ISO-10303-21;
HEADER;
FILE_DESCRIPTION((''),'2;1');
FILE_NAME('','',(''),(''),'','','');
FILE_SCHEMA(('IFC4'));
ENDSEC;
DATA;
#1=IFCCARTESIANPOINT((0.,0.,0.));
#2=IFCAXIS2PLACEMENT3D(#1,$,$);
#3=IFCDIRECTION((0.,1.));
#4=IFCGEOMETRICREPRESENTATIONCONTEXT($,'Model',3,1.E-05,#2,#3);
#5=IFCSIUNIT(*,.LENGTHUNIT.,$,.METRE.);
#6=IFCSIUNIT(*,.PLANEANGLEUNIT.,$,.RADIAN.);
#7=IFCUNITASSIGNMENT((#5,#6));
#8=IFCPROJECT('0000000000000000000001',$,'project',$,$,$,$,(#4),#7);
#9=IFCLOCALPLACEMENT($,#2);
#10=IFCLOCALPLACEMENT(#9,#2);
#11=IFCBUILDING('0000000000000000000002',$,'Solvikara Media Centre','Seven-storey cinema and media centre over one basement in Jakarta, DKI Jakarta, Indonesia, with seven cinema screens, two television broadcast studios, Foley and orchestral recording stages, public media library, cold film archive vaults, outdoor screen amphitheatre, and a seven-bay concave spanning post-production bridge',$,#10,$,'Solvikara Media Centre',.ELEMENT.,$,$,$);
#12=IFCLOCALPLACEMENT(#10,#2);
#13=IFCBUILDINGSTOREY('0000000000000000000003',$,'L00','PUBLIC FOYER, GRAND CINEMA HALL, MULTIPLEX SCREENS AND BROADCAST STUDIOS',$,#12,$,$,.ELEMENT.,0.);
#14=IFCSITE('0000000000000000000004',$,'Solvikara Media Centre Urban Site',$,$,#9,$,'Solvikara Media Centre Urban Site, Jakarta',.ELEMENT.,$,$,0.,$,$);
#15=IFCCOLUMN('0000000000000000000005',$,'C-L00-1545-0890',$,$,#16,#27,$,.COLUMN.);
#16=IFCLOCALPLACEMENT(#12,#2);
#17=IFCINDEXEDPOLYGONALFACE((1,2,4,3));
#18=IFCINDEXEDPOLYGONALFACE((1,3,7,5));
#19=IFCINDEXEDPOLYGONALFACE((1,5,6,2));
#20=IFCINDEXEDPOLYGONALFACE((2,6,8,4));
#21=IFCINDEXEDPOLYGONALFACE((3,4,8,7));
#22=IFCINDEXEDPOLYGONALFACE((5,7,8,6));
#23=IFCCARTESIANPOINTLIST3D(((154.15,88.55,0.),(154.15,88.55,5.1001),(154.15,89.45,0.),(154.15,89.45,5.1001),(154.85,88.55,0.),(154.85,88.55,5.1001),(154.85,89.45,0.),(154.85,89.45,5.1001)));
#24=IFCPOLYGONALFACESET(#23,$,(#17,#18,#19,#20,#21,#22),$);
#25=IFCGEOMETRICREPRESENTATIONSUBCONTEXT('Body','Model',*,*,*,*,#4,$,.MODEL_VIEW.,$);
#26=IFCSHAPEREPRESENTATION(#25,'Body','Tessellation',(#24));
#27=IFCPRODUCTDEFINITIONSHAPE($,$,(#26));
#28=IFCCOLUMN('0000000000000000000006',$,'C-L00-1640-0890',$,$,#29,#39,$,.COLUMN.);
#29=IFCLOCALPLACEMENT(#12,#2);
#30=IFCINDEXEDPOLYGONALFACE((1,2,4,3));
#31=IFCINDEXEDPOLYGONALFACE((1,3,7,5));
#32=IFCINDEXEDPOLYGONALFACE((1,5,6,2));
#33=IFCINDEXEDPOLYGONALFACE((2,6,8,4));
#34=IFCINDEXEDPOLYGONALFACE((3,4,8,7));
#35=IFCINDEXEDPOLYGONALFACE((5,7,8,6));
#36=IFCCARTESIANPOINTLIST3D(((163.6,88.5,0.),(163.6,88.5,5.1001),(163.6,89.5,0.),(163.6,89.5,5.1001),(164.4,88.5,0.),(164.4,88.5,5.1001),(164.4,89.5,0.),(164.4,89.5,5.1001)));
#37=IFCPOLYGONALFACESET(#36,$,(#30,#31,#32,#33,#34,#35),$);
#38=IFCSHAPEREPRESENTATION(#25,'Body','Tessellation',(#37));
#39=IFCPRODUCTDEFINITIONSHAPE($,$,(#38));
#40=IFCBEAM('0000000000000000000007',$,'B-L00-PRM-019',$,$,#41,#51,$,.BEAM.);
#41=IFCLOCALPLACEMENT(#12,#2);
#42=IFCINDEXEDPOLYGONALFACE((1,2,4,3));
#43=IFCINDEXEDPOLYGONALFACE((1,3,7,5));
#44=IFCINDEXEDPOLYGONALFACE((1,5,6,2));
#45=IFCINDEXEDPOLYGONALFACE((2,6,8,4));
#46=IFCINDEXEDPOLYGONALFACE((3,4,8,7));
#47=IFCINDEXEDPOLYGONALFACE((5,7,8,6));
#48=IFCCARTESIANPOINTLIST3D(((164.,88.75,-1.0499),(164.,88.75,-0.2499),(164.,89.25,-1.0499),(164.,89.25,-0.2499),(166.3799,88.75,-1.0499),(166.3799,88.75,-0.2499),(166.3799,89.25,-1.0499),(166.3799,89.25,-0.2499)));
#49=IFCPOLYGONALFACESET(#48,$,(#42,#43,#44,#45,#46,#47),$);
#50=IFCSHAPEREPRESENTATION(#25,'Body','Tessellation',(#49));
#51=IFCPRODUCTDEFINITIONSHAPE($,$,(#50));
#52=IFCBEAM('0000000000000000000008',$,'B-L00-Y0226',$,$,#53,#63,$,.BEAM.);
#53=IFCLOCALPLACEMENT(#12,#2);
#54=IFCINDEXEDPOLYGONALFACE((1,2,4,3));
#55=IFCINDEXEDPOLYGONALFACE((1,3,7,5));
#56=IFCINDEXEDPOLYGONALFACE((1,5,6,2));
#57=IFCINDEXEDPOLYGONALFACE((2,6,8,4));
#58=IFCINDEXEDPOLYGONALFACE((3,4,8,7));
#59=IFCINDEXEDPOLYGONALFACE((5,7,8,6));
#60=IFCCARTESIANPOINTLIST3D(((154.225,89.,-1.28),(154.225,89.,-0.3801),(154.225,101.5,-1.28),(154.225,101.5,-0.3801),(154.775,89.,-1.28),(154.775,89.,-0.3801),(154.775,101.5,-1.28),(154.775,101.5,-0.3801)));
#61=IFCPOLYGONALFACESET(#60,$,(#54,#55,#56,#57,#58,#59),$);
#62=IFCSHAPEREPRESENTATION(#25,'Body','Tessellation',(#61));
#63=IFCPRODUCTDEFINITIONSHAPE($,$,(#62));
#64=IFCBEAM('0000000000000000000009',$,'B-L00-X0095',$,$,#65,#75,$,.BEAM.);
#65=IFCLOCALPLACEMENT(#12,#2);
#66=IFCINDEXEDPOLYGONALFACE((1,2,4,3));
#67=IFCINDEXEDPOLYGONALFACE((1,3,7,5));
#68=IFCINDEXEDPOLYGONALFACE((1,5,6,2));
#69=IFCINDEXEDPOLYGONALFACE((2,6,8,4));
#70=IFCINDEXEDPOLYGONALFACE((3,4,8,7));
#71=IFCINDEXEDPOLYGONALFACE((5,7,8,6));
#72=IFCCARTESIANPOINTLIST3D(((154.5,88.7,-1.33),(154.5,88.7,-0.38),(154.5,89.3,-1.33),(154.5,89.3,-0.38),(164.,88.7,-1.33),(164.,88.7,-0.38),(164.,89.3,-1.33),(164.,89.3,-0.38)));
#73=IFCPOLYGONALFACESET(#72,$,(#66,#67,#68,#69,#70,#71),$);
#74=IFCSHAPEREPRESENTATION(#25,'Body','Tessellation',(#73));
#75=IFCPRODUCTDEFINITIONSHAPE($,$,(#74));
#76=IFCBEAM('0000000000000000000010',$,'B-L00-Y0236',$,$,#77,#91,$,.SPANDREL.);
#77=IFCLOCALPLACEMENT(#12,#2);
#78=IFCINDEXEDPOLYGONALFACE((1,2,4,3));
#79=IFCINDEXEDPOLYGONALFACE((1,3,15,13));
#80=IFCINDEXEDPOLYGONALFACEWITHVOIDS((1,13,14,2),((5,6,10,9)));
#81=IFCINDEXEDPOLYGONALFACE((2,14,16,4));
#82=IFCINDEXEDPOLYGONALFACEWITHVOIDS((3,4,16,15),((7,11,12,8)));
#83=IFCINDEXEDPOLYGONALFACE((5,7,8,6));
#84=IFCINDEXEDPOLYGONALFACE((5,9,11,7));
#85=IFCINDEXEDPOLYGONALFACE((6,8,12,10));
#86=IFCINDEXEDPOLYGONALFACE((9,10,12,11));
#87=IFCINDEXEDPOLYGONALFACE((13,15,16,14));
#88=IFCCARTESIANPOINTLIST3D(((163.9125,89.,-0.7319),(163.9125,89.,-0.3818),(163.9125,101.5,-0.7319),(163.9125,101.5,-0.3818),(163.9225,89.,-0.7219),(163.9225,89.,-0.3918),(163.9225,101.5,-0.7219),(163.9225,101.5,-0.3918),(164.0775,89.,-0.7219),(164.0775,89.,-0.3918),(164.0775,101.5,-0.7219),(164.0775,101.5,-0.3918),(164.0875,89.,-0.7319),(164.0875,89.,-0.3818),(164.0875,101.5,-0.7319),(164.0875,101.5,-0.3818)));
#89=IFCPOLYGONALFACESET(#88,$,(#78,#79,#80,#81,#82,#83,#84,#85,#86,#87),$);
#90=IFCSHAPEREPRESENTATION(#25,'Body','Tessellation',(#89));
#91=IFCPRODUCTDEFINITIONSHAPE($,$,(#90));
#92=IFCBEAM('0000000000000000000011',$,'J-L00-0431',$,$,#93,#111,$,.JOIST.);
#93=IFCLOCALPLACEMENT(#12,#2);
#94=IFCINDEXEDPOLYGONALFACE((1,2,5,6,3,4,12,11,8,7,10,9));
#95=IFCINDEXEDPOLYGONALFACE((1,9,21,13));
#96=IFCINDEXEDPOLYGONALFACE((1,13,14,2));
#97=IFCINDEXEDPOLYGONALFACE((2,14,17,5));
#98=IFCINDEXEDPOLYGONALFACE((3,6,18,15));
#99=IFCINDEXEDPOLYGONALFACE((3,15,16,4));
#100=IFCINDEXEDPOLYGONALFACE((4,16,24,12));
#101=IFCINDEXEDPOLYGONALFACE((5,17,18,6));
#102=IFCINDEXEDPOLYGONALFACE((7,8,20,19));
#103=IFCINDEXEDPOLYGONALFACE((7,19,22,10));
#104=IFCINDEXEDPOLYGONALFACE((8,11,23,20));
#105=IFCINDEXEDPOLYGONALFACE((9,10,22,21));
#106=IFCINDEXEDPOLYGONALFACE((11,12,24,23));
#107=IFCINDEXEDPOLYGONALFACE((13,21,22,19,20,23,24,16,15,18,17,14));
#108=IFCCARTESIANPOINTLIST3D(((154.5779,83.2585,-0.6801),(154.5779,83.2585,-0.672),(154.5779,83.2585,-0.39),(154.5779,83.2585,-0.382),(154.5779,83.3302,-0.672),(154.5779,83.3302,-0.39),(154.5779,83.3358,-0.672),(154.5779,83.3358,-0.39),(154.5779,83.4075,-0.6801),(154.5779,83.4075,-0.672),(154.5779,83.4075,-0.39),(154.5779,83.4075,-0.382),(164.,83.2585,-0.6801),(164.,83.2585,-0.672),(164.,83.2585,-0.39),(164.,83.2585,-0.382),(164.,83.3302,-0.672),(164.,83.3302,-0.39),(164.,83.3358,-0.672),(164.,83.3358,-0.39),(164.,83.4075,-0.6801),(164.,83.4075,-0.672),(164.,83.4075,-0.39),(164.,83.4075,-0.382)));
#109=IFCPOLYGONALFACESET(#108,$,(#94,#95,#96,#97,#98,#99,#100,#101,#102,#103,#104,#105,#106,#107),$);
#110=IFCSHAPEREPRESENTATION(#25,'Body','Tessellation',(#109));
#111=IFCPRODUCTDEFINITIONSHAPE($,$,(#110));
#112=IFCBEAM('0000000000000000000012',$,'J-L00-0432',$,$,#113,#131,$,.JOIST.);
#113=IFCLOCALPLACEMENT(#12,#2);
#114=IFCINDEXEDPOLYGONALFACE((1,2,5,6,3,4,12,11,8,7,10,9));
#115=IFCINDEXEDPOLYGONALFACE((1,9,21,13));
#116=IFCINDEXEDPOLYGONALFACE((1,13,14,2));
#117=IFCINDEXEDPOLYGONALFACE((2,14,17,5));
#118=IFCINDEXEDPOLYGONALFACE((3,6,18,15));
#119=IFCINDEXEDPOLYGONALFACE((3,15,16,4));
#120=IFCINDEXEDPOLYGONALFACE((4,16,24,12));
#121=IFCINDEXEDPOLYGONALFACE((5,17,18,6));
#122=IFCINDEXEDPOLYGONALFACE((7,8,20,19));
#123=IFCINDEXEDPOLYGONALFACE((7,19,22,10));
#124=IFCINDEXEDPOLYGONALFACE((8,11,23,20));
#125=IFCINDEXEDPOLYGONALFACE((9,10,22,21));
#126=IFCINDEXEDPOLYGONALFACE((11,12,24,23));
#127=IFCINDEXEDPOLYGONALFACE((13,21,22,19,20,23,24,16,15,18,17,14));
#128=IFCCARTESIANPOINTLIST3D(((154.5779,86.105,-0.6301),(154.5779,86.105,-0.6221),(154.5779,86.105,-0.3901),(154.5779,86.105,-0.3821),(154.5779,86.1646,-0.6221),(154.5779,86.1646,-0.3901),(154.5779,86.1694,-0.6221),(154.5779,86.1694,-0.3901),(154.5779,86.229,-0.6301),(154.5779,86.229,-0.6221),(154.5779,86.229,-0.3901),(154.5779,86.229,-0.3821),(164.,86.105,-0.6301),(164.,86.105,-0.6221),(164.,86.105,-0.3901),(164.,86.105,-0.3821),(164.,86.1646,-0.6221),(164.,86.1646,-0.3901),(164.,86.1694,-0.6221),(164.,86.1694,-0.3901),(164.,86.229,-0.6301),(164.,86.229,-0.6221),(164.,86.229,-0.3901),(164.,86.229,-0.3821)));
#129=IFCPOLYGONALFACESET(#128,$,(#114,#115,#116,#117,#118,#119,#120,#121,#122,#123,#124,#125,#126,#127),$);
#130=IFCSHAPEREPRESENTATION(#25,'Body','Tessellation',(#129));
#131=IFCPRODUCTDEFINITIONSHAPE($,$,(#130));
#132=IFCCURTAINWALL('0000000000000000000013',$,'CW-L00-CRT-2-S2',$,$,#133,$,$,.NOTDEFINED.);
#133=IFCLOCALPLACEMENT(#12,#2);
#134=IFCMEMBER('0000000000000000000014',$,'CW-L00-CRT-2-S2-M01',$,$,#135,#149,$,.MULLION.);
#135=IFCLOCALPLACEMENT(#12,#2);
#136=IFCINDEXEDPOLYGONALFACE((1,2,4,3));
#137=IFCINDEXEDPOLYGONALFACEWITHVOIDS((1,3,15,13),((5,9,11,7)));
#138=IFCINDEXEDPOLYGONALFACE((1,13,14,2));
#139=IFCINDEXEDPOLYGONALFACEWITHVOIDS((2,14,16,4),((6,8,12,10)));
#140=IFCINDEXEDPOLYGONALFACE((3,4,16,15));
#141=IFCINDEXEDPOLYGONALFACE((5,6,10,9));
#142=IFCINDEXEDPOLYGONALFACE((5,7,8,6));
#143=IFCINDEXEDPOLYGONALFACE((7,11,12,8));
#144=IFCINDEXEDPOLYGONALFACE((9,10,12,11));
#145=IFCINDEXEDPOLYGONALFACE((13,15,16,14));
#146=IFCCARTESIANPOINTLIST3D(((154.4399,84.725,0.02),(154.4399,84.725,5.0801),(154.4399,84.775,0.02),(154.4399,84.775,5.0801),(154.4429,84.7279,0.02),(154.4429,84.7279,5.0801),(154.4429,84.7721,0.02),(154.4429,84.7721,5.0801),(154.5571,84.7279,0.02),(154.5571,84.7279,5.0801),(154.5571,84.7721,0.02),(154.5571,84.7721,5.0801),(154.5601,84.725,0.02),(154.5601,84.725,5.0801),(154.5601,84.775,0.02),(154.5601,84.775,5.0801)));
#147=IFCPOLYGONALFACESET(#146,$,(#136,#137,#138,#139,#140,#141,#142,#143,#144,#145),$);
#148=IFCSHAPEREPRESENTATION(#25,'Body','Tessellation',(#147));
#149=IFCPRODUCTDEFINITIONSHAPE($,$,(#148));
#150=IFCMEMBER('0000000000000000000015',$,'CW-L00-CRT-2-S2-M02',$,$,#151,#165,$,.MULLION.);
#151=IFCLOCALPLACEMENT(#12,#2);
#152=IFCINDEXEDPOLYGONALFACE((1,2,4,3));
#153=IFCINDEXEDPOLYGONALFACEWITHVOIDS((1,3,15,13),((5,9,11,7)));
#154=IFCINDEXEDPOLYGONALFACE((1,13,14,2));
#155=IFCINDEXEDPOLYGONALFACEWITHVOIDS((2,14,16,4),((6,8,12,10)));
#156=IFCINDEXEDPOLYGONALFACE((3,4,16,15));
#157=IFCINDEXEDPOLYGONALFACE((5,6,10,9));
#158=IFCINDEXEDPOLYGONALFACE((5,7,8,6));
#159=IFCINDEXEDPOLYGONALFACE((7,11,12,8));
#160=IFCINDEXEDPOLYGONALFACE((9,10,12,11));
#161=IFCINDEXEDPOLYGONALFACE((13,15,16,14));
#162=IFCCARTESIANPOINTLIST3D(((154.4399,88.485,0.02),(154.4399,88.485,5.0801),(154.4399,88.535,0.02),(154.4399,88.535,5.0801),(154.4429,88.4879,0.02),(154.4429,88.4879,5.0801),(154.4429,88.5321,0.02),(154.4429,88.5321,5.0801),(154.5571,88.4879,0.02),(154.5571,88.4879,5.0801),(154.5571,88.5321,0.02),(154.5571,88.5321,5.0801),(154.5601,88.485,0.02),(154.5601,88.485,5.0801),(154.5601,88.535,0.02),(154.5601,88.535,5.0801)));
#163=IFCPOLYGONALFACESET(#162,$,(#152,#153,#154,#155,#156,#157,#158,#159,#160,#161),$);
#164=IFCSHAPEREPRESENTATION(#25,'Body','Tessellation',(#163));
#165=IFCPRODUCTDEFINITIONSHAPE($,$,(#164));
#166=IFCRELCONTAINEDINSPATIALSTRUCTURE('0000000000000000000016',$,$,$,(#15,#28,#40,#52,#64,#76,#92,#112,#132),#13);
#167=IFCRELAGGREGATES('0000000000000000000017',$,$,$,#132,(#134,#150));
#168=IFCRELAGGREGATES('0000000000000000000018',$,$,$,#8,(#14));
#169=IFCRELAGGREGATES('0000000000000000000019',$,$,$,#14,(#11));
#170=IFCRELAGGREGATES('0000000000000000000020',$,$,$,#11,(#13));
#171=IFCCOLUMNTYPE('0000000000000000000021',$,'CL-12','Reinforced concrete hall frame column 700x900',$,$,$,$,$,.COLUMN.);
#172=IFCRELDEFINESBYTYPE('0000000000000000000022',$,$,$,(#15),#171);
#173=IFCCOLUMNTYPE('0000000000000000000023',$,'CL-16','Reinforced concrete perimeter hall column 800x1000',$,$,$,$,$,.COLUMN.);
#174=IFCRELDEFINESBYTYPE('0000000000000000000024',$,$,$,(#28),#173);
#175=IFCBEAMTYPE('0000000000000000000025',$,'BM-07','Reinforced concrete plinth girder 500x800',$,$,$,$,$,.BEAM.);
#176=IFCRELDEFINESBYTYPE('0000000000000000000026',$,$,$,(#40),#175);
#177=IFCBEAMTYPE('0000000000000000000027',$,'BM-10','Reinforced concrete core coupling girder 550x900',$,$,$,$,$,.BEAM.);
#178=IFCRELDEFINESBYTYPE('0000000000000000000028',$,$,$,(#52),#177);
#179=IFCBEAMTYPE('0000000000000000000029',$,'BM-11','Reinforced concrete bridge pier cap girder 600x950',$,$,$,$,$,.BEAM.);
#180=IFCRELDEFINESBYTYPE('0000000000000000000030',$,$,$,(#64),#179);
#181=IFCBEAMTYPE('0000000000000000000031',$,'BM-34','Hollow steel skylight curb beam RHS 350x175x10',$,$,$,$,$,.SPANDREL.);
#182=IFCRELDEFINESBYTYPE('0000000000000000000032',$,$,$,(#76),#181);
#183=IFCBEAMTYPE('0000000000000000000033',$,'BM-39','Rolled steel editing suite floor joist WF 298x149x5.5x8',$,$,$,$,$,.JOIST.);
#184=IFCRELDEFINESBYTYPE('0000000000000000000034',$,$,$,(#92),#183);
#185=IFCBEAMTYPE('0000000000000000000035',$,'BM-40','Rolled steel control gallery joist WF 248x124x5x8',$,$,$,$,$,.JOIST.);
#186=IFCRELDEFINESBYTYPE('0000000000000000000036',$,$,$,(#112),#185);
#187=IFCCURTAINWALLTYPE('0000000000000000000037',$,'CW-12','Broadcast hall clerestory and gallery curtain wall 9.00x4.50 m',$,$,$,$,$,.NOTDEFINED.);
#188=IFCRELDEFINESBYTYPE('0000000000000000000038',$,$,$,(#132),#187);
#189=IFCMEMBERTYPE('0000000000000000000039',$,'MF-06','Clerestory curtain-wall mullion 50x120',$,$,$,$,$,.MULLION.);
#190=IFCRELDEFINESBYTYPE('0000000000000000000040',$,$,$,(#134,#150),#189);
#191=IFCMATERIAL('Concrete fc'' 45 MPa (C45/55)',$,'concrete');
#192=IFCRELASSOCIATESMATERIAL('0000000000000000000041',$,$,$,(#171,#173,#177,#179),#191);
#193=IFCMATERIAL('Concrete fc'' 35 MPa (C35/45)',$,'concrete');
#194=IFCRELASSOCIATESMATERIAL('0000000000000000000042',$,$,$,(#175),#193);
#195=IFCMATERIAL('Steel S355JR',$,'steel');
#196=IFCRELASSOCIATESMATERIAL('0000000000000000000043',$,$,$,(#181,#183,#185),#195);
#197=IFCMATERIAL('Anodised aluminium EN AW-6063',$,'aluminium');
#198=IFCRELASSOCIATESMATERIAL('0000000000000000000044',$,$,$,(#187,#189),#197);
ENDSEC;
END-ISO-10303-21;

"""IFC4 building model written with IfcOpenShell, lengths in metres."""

from ifc_helpers import new_model, si_unit, direction, frame, origin, origin_2d, place, context, subcontext, project, spatial, rectangle, hollow_rectangle, i_section, extrude, material, material_profile, profile_set, type_object, element, aggregate, save


model = new_model("IFC4")

# Units and contexts
model_context = context("Model", 3, precision=1e-05, world=origin(), true_north=direction((0.0, 1.0)))
body_context = subcontext(model_context, "Body", "Model", "MODEL_VIEW")
ifc_project = project(units=[si_unit("LENGTHUNIT", "METRE"), si_unit("PLANEANGLEUNIT", "RADIAN")], contexts=[model_context])

# Site, building, storey
site_placement = place(None, origin())
site = spatial("IfcSite", under=ifc_project, at=site_placement, Name="Solvikara Media Centre Urban Site", LongName="Solvikara Media Centre Urban Site, Jakarta", CompositionType="ELEMENT", RefElevation=0.0)
building_placement = place(site_placement, origin())
building = spatial("IfcBuilding", under=site, at=building_placement, Name="Solvikara Media Centre", Description="Seven-storey cinema and media centre over one basement in Jakarta, DKI Jakarta, Indonesia, with seven cinema screens, two television broadcast studios, Foley and orchestral recording stages, public media library, cold film archive vaults, outdoor screen amphitheatre, and a seven-bay concave spanning post-production bridge", LongName="Solvikara Media Centre", CompositionType="ELEMENT")
storey_placement = place(building_placement, origin())
storey = spatial("IfcBuildingStorey", under=building, at=storey_placement, Name="L00", Description="PUBLIC FOYER, GRAND CINEMA HALL, MULTIPLEX SCREENS AND BROADCAST STUDIOS", CompositionType="ELEMENT", Elevation=0.0)

# Columns
ifc_material_1 = material(Name="Concrete fc' 45 MPa (C45/55)", Category="concrete")
ifc_material_profile_1 = material_profile(ifc_material_1, rectangle(XDim=0.7, YDim=0.8999, at=origin_2d()), Name="RC 700x900")
ifc_profile_set_1 = profile_set([ifc_material_profile_1], Name="Concrete fc' 45 MPa (C45/55)")
column_type_1 = type_object("IfcColumnType", Name="CL-12", Description="Reinforced concrete hall frame column 700x900", PredefinedType="COLUMN", material=ifc_profile_set_1)
column_1_placement = place(storey_placement, frame((154.5, 89.0, 0.0), z_axis=(0.0, 0.0, 1.0), x_axis=(1.0, 0.0, 0.0)))
element("IfcColumn", 1, at=column_1_placement, inside=storey, type_object=column_type_1, Name="C-L00-1545-0890", PredefinedType="COLUMN", context=body_context, shape_type="SweptSolid", body=[
    extrude(rectangle(XDim=0.7, YDim=0.8999, at=origin_2d()), origin(), (0.0, 0.0, 1.0), 5.1001),
])
ifc_material_profile_2 = material_profile(ifc_material_1, rectangle(XDim=0.8, YDim=1.0, at=origin_2d()), Name="RC 800x1000")
ifc_profile_set_2 = profile_set([ifc_material_profile_2], Name="Concrete fc' 45 MPa (C45/55)")
column_type_2 = type_object("IfcColumnType", Name="CL-16", Description="Reinforced concrete perimeter hall column 800x1000", PredefinedType="COLUMN", material=ifc_profile_set_2)
column_2_placement = place(storey_placement, frame((164.0, 89.0, 0.0), z_axis=(0.0, 0.0, 1.0), x_axis=(1.0, 0.0, 0.0)))
element("IfcColumn", 2, at=column_2_placement, inside=storey, type_object=column_type_2, Name="C-L00-1640-0890", PredefinedType="COLUMN", context=body_context, shape_type="SweptSolid", body=[
    extrude(rectangle(XDim=0.8, YDim=1.0, at=origin_2d()), origin(), (0.0, 0.0, 1.0), 5.1001),
])

# Beams
ifc_material_2 = material(Name="Concrete fc' 35 MPa (C35/45)", Category="concrete")
ifc_material_profile_3 = material_profile(ifc_material_2, rectangle(XDim=0.5, YDim=0.8, at=origin_2d()), Name="RC 500x800")
ifc_profile_set_3 = profile_set([ifc_material_profile_3], Name="Concrete fc' 35 MPa (C35/45)")
beam_type_1 = type_object("IfcBeamType", Name="BM-07", Description="Reinforced concrete plinth girder 500x800", PredefinedType="BEAM", material=ifc_profile_set_3)
beam_1_placement = place(storey_placement, frame((164.0, 89.0, -0.6499), z_axis=(1.0, 0.0, 0.0), x_axis=(0.0, 1.0, 0.0)))
element("IfcBeam", 3, at=beam_1_placement, inside=storey, type_object=beam_type_1, Name="B-L00-PRM-019", PredefinedType="BEAM", context=body_context, shape_type="SweptSolid", body=[
    extrude(rectangle(XDim=0.5, YDim=0.8, at=origin_2d()), origin(), (0.0, 0.0, 1.0), 2.3799),
])
ifc_material_profile_4 = material_profile(ifc_material_1, rectangle(XDim=0.55, YDim=0.8999, at=origin_2d()), Name="RC 550x900")
ifc_profile_set_4 = profile_set([ifc_material_profile_4], Name="Concrete fc' 45 MPa (C45/55)")
beam_type_2 = type_object("IfcBeamType", Name="BM-10", Description="Reinforced concrete core coupling girder 550x900", PredefinedType="BEAM", material=ifc_profile_set_4)
beam_2_placement = place(storey_placement, frame((154.5, 89.0, -0.8301), z_axis=(0.0, 1.0, 0.0), x_axis=(-1.0, 0.0, 0.0)))
element("IfcBeam", 4, at=beam_2_placement, inside=storey, type_object=beam_type_2, Name="B-L00-Y0226", PredefinedType="BEAM", context=body_context, shape_type="SweptSolid", body=[
    extrude(rectangle(XDim=0.55, YDim=0.8999, at=origin_2d()), origin(), (0.0, 0.0, 1.0), 12.5),
])
ifc_material_profile_5 = material_profile(ifc_material_1, rectangle(XDim=0.6001, YDim=0.95, at=origin_2d()), Name="RC 600x950")
ifc_profile_set_5 = profile_set([ifc_material_profile_5], Name="Concrete fc' 45 MPa (C45/55)")
beam_type_3 = type_object("IfcBeamType", Name="BM-11", Description="Reinforced concrete bridge pier cap girder 600x950", PredefinedType="BEAM", material=ifc_profile_set_5)
beam_3_placement = place(storey_placement, frame((154.5, 89.0, -0.855), z_axis=(1.0, 0.0, 0.0), x_axis=(0.0, 1.0, 0.0)))
element("IfcBeam", 5, at=beam_3_placement, inside=storey, type_object=beam_type_3, Name="B-L00-X0095", PredefinedType="BEAM", context=body_context, shape_type="SweptSolid", body=[
    extrude(rectangle(XDim=0.6001, YDim=0.95, at=origin_2d()), origin(), (0.0, 0.0, 1.0), 9.5),
])
ifc_material_3 = material(Name="Steel S355JR", Category="steel")
ifc_material_profile_6 = material_profile(ifc_material_3, hollow_rectangle(XDim=0.175, YDim=0.3501, WallThickness=0.01, at=origin_2d()), Name="RHS 350x175x10")
ifc_profile_set_6 = profile_set([ifc_material_profile_6], Name="Steel S355JR")
beam_type_4 = type_object("IfcBeamType", Name="BM-34", Description="Hollow steel skylight curb beam RHS 350x175x10", PredefinedType="SPANDREL", material=ifc_profile_set_6)
beam_4_placement = place(storey_placement, frame((164.0, 89.0, -0.5569), z_axis=(0.0, 1.0, 0.0), x_axis=(-1.0, 0.0, 0.0)))
element("IfcBeam", 6, at=beam_4_placement, inside=storey, type_object=beam_type_4, Name="B-L00-Y0236", PredefinedType="SPANDREL", context=body_context, shape_type="SweptSolid", body=[
    extrude(hollow_rectangle(XDim=0.175, YDim=0.3501, WallThickness=0.01, at=origin_2d()), origin(), (0.0, 0.0, 1.0), 12.5),
])
ifc_material_profile_7 = material_profile(ifc_material_3, i_section(OverallWidth=0.1489, OverallDepth=0.2981, WebThickness=0.0056, FlangeThickness=0.0081, at=origin_2d()), Name="WF 298x149x5.5x8")
ifc_profile_set_7 = profile_set([ifc_material_profile_7], Name="Steel S355JR")
beam_type_5 = type_object("IfcBeamType", Name="BM-39", Description="Rolled steel editing suite floor joist WF 298x149x5.5x8", PredefinedType="JOIST", material=ifc_profile_set_7)
beam_5_placement = place(storey_placement, frame((154.5779, 83.333, -0.531), z_axis=(1.0, 0.0, 0.0), x_axis=(0.0, 1.0, 0.0)))
element("IfcBeam", 7, at=beam_5_placement, inside=storey, type_object=beam_type_5, Name="J-L00-0431", PredefinedType="JOIST", context=body_context, shape_type="SweptSolid", body=[
    extrude(i_section(OverallWidth=0.1489, OverallDepth=0.2981, WebThickness=0.0056, FlangeThickness=0.0081, at=origin_2d()), origin(), (0.0, 0.0, 1.0), 9.4221),
])
ifc_material_profile_8 = material_profile(ifc_material_3, i_section(OverallWidth=0.124, OverallDepth=0.248, WebThickness=0.0049, FlangeThickness=0.0081, at=origin_2d()), Name="WF 248x124x5x8")
ifc_profile_set_8 = profile_set([ifc_material_profile_8], Name="Steel S355JR")
beam_type_6 = type_object("IfcBeamType", Name="BM-40", Description="Rolled steel control gallery joist WF 248x124x5x8", PredefinedType="JOIST", material=ifc_profile_set_8)
beam_6_placement = place(storey_placement, frame((154.5779, 86.167, -0.5061), z_axis=(1.0, 0.0, 0.0), x_axis=(0.0, 1.0, 0.0)))
element("IfcBeam", 8, at=beam_6_placement, inside=storey, type_object=beam_type_6, Name="J-L00-0432", PredefinedType="JOIST", context=body_context, shape_type="SweptSolid", body=[
    extrude(i_section(OverallWidth=0.124, OverallDepth=0.248, WebThickness=0.0049, FlangeThickness=0.0081, at=origin_2d()), origin(), (0.0, 0.0, 1.0), 9.4221),
])

# Curtain wall, members
ifc_material_4 = material(Name="Anodised aluminium EN AW-6063", Category="aluminium")
curtain_wall_type = type_object("IfcCurtainWallType", Name="CW-12", Description="Broadcast hall clerestory and gallery curtain wall 9.00x4.50 m", PredefinedType="NOTDEFINED", material=ifc_material_4)
curtain_wall_placement = place(storey_placement, origin())
curtain_wall = element("IfcCurtainWall", 9, at=curtain_wall_placement, inside=storey, type_object=curtain_wall_type, Name="CW-L00-CRT-2-S2", PredefinedType="NOTDEFINED")
ifc_material_profile_9 = material_profile(ifc_material_4, hollow_rectangle(XDim=0.05, YDim=0.1201, WallThickness=0.0029, at=origin_2d()), Name="ALU-M 50x120x3")
ifc_profile_set_9 = profile_set([ifc_material_profile_9], Name="Anodised aluminium EN AW-6063")
member_type_1 = type_object("IfcMemberType", Name="MF-06", Description="Clerestory curtain-wall mullion 50x120", PredefinedType="MULLION", material=ifc_profile_set_9)
member_1_placement = place(storey_placement, frame((154.5, 84.75, 0.02), z_axis=(0.0, 0.0, 1.0), x_axis=(0.0, 1.0, 0.0)))
member_1 = element("IfcMember", 10, at=member_1_placement, type_object=member_type_1, Name="CW-L00-CRT-2-S2-M01", PredefinedType="MULLION", context=body_context, shape_type="SweptSolid", body=[
    extrude(hollow_rectangle(XDim=0.05, YDim=0.1201, WallThickness=0.0029, at=origin_2d()), origin(), (0.0, 0.0, 1.0), 5.0601),
])
member_2_placement = place(storey_placement, frame((154.5, 88.51, 0.02), z_axis=(0.0, 0.0, 1.0), x_axis=(0.0, 1.0, 0.0)))
member_2 = element("IfcMember", 11, at=member_2_placement, type_object=member_type_1, Name="CW-L00-CRT-2-S2-M02", PredefinedType="MULLION", context=body_context, shape_type="SweptSolid", body=[
    extrude(hollow_rectangle(XDim=0.05, YDim=0.1201, WallThickness=0.0029, at=origin_2d()), origin(), (0.0, 0.0, 1.0), 5.0601),
])
aggregate(curtain_wall, [member_1, member_2])

save(model, "model.ifc")
